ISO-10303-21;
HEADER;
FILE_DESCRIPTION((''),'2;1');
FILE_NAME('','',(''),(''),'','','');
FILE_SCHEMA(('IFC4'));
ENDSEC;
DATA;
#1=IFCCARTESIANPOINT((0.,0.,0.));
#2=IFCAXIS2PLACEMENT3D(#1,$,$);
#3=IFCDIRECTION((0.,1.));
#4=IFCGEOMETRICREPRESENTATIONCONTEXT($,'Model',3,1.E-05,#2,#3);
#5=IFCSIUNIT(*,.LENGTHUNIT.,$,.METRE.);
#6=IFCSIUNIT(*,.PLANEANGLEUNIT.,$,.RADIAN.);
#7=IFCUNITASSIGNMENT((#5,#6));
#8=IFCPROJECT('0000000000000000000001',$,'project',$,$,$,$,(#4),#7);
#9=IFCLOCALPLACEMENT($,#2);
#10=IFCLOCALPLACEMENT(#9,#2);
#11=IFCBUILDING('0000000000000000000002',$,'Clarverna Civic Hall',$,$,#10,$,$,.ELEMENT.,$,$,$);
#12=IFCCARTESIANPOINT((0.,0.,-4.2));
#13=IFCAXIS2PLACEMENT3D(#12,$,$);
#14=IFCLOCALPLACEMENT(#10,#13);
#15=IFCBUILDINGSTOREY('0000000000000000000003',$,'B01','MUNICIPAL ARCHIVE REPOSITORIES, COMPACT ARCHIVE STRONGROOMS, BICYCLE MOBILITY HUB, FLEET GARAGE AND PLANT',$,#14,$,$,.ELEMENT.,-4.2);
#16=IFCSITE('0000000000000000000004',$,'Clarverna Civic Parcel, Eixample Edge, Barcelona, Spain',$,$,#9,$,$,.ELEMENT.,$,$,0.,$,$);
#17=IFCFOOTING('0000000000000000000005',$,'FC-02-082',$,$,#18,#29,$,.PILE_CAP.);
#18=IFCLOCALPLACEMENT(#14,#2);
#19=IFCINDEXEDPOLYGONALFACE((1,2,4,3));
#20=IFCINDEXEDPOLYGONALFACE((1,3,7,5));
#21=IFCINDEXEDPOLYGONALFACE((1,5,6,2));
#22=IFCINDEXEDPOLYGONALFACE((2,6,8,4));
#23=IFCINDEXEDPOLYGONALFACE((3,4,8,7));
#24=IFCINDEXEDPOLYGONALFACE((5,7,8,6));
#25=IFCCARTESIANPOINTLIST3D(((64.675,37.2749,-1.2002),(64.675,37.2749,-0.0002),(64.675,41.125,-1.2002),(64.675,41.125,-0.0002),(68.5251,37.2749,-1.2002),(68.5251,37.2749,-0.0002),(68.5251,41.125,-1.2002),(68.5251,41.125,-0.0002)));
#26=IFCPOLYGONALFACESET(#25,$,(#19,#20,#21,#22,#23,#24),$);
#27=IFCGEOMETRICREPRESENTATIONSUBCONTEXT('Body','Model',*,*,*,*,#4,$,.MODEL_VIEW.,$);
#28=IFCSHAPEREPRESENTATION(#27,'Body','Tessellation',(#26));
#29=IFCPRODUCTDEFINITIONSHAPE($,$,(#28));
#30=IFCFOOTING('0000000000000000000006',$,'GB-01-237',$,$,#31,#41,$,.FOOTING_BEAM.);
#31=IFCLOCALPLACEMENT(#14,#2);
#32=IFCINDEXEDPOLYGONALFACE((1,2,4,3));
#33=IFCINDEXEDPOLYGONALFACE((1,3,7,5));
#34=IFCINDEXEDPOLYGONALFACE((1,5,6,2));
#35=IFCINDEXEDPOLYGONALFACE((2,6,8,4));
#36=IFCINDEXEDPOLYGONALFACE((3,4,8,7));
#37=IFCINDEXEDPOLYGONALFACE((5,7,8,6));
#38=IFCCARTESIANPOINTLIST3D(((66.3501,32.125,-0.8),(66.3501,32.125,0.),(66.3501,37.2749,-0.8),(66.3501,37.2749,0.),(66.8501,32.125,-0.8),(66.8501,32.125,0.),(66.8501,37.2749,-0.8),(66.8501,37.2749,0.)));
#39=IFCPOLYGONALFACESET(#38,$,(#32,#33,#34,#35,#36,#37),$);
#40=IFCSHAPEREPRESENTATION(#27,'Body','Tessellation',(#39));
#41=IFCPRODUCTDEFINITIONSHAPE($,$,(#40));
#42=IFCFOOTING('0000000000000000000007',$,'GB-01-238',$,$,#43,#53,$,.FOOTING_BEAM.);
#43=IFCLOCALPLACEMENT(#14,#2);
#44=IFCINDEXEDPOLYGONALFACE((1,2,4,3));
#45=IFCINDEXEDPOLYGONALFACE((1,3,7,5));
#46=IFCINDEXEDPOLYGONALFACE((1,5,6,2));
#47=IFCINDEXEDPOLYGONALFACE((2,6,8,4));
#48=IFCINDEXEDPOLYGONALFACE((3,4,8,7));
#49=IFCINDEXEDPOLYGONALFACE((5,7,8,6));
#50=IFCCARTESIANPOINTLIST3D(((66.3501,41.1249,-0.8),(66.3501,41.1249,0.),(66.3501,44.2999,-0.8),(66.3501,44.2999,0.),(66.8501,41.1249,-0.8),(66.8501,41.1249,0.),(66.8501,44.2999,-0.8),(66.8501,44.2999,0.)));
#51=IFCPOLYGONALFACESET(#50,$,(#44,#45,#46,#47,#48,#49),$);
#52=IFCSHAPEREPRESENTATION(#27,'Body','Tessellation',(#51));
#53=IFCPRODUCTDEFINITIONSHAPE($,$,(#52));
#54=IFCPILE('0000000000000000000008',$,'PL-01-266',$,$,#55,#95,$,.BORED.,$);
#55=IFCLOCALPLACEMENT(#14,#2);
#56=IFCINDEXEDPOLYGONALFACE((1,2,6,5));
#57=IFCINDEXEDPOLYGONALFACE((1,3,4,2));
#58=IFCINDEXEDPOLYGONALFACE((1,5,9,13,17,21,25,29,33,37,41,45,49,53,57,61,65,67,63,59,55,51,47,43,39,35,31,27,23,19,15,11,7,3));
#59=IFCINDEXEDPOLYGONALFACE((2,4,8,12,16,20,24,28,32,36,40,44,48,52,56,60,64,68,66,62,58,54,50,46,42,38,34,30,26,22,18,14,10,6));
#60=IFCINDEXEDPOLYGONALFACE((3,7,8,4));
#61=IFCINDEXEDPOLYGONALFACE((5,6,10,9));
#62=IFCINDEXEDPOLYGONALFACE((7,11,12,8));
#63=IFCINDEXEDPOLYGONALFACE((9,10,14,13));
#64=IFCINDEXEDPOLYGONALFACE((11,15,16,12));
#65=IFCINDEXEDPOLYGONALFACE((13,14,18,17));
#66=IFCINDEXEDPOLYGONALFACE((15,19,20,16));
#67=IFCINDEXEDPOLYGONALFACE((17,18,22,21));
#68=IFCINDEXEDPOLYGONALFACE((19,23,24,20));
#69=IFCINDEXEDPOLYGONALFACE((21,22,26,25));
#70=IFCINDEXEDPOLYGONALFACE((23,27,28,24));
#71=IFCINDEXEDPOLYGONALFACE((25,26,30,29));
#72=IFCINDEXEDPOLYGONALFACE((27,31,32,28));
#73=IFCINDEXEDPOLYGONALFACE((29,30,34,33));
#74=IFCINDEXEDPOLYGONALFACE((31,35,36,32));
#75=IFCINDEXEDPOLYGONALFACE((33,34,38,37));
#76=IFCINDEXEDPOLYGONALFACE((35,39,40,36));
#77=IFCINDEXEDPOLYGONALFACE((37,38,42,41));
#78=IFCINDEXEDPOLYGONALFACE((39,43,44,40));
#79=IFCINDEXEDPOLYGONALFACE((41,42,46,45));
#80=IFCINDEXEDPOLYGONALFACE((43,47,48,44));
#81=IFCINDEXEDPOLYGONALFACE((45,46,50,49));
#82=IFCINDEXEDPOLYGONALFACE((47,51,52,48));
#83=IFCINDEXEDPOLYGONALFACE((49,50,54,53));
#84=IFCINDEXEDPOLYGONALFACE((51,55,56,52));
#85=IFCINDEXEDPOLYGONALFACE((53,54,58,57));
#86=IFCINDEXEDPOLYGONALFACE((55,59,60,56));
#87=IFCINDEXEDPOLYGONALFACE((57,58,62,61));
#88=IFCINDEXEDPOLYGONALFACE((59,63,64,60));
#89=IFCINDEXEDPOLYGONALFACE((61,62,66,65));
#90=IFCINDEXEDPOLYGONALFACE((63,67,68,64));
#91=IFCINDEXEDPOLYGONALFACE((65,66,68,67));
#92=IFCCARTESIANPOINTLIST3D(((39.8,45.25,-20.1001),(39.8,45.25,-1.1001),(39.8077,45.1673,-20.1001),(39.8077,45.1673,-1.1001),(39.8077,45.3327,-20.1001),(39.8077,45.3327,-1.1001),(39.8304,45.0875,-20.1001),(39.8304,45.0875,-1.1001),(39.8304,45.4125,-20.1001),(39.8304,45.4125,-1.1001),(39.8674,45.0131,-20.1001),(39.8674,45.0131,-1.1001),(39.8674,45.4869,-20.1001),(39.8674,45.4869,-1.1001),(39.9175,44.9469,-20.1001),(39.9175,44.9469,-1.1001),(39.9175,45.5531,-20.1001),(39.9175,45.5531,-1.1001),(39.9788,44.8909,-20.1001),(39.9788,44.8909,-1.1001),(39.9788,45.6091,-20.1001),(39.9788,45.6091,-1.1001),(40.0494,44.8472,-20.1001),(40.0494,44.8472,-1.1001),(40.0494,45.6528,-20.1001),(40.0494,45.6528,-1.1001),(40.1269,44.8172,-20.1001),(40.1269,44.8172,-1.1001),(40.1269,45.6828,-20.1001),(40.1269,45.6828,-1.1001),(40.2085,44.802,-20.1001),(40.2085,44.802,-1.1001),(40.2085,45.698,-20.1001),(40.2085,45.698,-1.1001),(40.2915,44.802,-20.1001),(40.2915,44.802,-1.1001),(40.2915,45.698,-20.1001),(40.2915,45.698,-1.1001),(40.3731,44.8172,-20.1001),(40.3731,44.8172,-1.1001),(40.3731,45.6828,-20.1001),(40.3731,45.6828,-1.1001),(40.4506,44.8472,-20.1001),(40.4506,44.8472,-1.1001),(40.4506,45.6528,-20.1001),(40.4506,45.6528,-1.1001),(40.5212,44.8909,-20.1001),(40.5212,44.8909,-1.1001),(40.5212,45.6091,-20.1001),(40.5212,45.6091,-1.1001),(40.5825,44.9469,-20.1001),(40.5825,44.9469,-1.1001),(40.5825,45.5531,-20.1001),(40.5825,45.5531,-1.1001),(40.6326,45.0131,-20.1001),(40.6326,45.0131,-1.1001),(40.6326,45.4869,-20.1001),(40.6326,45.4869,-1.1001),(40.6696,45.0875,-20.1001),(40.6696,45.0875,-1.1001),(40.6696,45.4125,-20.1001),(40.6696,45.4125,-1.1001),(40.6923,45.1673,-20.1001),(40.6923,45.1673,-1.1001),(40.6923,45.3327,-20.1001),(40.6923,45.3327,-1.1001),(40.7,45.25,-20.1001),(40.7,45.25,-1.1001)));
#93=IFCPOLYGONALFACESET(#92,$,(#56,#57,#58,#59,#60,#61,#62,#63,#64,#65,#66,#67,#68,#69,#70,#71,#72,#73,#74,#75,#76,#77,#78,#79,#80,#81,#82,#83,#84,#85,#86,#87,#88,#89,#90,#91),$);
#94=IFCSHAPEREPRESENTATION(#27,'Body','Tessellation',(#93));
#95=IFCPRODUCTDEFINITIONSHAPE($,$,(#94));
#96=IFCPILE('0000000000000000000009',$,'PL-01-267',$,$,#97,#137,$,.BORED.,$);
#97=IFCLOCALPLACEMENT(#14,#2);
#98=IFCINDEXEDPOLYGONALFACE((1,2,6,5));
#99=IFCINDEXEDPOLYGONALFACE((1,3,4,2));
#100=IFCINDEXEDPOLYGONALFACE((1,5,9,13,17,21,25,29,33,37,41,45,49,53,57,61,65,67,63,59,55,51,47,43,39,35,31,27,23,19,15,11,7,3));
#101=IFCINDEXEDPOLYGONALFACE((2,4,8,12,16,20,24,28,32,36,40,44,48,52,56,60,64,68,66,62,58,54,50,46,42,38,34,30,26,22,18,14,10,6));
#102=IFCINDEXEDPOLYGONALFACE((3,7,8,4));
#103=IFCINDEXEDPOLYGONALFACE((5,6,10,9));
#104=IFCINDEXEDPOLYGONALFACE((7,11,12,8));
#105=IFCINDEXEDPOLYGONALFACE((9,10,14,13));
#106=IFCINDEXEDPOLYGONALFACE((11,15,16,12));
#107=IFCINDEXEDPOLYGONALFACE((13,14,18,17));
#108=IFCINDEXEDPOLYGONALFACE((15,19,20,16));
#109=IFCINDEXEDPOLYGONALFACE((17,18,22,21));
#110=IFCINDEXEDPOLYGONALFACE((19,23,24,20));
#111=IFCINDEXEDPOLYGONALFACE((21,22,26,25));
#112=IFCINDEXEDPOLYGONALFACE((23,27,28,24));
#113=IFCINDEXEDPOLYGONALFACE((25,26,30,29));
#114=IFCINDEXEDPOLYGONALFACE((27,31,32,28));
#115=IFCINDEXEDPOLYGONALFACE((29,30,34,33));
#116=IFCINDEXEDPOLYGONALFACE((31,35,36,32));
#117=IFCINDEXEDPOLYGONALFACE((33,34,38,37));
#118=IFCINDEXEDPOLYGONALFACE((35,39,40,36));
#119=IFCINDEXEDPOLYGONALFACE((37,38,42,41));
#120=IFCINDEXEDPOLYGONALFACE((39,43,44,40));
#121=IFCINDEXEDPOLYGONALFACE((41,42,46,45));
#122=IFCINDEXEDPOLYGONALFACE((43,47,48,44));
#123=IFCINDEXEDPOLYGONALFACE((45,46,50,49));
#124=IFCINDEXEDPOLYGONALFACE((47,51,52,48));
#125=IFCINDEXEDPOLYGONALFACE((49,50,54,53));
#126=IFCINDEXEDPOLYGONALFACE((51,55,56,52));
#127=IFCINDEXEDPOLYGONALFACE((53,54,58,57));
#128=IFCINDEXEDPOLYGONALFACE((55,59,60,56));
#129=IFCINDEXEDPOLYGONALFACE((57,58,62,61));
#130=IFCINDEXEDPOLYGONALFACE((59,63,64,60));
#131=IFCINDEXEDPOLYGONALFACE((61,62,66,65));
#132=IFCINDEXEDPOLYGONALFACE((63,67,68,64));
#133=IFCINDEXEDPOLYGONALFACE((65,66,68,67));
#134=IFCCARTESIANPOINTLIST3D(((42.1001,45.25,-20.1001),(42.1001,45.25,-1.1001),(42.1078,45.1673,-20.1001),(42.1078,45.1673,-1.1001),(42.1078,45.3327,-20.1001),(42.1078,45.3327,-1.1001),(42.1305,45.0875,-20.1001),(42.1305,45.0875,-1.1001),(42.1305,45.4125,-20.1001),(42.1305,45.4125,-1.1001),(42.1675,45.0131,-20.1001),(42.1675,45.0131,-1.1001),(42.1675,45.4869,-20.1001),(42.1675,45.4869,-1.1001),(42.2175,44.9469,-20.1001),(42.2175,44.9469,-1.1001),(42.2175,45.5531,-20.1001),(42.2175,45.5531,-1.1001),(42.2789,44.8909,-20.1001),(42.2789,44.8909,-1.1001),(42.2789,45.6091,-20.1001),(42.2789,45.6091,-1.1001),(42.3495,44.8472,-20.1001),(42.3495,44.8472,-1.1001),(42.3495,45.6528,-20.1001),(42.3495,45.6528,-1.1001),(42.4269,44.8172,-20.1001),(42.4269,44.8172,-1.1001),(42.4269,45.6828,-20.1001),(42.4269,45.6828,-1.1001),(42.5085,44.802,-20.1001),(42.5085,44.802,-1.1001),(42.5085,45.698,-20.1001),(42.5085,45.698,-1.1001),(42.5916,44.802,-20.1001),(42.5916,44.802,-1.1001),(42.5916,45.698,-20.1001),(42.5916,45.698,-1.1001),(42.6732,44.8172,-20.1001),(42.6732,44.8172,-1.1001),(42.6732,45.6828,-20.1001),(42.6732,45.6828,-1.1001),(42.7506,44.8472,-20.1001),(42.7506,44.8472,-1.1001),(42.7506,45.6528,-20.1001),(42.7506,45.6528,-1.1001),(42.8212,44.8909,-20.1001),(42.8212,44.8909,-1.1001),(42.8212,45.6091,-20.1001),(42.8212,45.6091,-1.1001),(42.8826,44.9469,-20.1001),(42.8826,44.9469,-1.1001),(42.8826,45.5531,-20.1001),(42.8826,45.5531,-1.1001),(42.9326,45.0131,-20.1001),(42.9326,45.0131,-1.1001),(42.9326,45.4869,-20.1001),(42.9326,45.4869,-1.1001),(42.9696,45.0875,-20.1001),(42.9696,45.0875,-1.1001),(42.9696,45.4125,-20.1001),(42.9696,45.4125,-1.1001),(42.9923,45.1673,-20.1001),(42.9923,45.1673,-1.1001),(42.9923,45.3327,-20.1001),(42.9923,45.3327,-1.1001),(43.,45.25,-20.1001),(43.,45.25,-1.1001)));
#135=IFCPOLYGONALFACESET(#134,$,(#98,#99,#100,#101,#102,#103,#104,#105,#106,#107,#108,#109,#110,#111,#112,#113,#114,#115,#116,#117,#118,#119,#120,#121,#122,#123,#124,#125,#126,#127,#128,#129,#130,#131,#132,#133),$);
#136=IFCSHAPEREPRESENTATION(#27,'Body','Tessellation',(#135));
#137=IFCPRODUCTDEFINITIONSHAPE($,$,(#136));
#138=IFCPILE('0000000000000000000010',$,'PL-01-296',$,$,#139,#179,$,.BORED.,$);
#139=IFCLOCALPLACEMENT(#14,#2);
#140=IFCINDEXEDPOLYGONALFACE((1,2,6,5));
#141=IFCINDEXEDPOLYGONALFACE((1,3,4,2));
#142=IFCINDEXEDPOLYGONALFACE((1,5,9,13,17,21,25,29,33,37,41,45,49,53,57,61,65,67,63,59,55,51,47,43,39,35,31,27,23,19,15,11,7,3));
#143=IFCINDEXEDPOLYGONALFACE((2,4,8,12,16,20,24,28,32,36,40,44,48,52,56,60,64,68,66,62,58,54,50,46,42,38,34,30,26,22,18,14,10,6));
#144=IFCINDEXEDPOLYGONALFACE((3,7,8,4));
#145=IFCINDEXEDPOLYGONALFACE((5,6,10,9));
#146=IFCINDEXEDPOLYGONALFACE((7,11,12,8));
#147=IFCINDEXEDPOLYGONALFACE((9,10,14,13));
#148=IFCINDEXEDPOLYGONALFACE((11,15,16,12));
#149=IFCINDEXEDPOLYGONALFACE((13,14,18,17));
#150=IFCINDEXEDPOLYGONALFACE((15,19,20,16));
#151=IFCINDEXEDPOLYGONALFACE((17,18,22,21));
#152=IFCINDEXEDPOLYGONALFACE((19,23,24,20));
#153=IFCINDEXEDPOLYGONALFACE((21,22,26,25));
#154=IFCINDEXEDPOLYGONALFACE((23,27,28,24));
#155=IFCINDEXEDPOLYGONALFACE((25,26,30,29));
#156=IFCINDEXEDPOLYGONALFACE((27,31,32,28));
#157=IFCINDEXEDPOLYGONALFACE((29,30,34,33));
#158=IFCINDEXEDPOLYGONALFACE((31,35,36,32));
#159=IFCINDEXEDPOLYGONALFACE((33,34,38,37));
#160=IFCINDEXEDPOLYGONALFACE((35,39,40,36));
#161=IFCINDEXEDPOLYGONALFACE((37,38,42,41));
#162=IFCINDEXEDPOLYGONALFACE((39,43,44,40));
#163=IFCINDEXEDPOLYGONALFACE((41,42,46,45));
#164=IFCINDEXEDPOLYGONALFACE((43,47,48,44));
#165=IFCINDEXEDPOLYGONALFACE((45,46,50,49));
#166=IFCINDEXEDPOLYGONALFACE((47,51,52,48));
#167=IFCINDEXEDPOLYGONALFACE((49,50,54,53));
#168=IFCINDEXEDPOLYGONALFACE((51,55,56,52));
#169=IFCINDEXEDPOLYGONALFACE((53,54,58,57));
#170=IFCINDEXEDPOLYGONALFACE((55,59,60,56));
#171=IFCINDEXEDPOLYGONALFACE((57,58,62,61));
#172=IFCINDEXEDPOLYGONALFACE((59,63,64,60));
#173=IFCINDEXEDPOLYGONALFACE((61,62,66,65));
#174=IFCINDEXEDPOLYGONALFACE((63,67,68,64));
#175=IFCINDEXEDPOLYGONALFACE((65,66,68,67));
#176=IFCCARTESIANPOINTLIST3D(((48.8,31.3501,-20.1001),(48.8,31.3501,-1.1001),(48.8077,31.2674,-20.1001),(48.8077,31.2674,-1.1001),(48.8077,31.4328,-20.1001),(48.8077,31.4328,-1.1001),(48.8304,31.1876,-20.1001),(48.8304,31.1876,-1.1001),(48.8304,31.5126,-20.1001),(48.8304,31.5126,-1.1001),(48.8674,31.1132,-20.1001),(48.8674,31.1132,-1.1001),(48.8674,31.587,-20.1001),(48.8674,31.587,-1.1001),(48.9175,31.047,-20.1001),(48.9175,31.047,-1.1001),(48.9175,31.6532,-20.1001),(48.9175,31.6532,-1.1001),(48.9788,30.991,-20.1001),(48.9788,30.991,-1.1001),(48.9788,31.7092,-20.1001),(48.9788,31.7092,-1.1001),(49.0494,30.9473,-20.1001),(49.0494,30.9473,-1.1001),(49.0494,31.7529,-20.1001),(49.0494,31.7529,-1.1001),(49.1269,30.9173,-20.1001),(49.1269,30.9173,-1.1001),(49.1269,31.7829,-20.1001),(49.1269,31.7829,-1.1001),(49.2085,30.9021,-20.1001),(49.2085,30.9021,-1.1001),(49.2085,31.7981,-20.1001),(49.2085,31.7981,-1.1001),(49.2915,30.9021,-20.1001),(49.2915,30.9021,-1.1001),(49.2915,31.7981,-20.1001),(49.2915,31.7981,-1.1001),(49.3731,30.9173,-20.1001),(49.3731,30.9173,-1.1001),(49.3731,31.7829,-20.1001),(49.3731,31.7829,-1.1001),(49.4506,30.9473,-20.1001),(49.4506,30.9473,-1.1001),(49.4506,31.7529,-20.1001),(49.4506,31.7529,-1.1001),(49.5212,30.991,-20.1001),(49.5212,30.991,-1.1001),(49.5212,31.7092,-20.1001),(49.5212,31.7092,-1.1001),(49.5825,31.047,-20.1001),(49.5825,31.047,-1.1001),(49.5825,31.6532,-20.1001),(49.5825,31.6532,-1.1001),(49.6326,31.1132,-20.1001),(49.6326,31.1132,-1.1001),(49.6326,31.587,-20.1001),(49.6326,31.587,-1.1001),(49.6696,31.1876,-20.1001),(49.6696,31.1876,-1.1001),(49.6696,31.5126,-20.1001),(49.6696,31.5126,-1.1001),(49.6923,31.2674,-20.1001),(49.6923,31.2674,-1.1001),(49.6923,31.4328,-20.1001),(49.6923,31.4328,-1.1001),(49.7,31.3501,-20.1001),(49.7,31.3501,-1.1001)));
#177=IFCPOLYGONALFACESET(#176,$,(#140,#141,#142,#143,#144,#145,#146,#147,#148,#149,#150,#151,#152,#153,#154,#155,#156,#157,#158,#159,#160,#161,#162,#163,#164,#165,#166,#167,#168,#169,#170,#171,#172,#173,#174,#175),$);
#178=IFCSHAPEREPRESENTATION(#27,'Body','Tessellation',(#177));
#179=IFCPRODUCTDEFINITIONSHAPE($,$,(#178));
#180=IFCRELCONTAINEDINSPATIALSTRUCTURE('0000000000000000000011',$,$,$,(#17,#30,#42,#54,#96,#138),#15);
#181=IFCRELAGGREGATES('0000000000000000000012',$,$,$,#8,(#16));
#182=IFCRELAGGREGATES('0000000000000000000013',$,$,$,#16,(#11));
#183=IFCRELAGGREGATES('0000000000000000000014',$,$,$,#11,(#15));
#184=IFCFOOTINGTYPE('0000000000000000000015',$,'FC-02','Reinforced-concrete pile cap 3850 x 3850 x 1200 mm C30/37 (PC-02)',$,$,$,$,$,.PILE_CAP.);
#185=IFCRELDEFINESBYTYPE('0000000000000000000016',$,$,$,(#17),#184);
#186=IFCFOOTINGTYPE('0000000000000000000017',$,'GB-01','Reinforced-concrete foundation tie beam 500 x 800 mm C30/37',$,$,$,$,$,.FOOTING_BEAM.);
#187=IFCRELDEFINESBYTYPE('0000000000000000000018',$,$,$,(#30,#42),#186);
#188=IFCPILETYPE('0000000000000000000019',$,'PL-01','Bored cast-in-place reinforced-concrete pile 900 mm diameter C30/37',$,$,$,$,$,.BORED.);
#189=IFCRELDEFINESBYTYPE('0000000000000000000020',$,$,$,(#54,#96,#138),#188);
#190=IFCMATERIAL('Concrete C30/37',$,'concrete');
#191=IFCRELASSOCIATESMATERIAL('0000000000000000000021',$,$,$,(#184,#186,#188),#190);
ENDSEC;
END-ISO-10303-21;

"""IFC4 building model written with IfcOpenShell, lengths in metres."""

from ifc_helpers import new_model, si_unit, direction, frame, frame_2d, origin, origin_2d, place, context, subcontext, project, spatial, rectangle, circle, extrude, material, material_profile, profile_set, type_object, element, save


model = new_model("IFC4")

# Units and contexts
model_context = context("Model", 3, precision=1e-05, world=origin(), true_north=direction((0.0, 1.0)))
body_context = subcontext(model_context, "Body", "Model", "MODEL_VIEW")
ifc_project = project(units=[si_unit("LENGTHUNIT", "METRE"), si_unit("PLANEANGLEUNIT", "RADIAN")], contexts=[model_context])

# Site, building, storey
site_placement = place(None, origin())
site = spatial("IfcSite", under=ifc_project, at=site_placement, Name="Clarverna Civic Parcel, Eixample Edge, Barcelona, Spain", CompositionType="ELEMENT", RefElevation=0.0)
building_placement = place(site_placement, origin())
building = spatial("IfcBuilding", under=site, at=building_placement, Name="Clarverna Civic Hall", CompositionType="ELEMENT")
storey_placement = place(building_placement, frame((0.0, 0.0, -4.2)))
storey = spatial("IfcBuildingStorey", under=building, at=storey_placement, Name="B01", Description="MUNICIPAL ARCHIVE REPOSITORIES, COMPACT ARCHIVE STRONGROOMS, BICYCLE MOBILITY HUB, FLEET GARAGE AND PLANT", CompositionType="ELEMENT", Elevation=-4.2)

# Footings
ifc_material_1 = material(Name="Concrete C30/37", Category="concrete")
footing_type_1 = type_object("IfcFootingType", Name="FC-02", Description="Reinforced-concrete pile cap 3850 x 3850 x 1200 mm C30/37 (PC-02)", PredefinedType="PILE_CAP", material=ifc_material_1)
footing_1_placement = place(storey_placement, frame((66.6001, 39.2, -1.2002), z_axis=(0.0, 0.0, 1.0), x_axis=(1.0, 0.0, 0.0)))
element("IfcFooting", 1, at=footing_1_placement, inside=storey, type_object=footing_type_1, Name="FC-02-082", PredefinedType="PILE_CAP", context=body_context, shape_type="SweptSolid", body=[
    extrude(rectangle(XDim=3.8501, YDim=3.8501, at=origin_2d()), origin(), (0.0, 0.0, 1.0), 1.2),
])
footing_type_2 = type_object("IfcFootingType", Name="GB-01", Description="Reinforced-concrete foundation tie beam 500 x 800 mm C30/37", PredefinedType="FOOTING_BEAM", material=ifc_material_1)
footing_2_placement = place(storey_placement, frame((66.6001, 32.125, -0.8), z_axis=(0.0, 0.0, 1.0), x_axis=(0.0, 1.0, 0.0)))
element("IfcFooting", 2, at=footing_2_placement, inside=storey, type_object=footing_type_2, Name="GB-01-237", PredefinedType="FOOTING_BEAM", context=body_context, shape_type="SweptSolid", body=[
    extrude(rectangle(XDim=5.1499, YDim=0.5, at=frame_2d((2.575, 0.0))), origin(), (0.0, 0.0, 1.0), 0.8),
])
footing_3_placement = place(storey_placement, frame((66.6001, 41.125, -0.8), z_axis=(0.0, 0.0, 1.0), x_axis=(0.0, 1.0, 0.0)))
element("IfcFooting", 3, at=footing_3_placement, inside=storey, type_object=footing_type_2, Name="GB-01-238", PredefinedType="FOOTING_BEAM", context=body_context, shape_type="SweptSolid", body=[
    extrude(rectangle(XDim=3.175, YDim=0.5, at=frame_2d((1.5874, 0.0))), origin(), (0.0, 0.0, 1.0), 0.8),
])

# Piles
ifc_material_profile_1 = material_profile(ifc_material_1, circle(Radius=0.45, at=origin_2d()), Name="BORED PILE D900")
ifc_profile_set_1 = profile_set([ifc_material_profile_1], Name="Concrete C30/37")
pile_type_1 = type_object("IfcPileType", Name="PL-01", Description="Bored cast-in-place reinforced-concrete pile 900 mm diameter C30/37", PredefinedType="BORED", material=ifc_profile_set_1)
for number, where, z_axis, x_axis, name in (
    (4, (40.25, 45.25, -1.1001), (0.0, 0.0, -1.0), (1.0, 0.0, 0.0), "PL-01-266"),
    (5, (42.55, 45.25, -1.1001), (0.0, 0.0, -1.0), (1.0, 0.0, 0.0), "PL-01-267"),
    (6, (49.25, 31.3501, -1.1001), (0.0, 0.0, -1.0), (1.0, 0.0, 0.0), "PL-01-296"),
):
    element("IfcPile", number, at=place(storey_placement, frame(where, z_axis=z_axis, x_axis=x_axis)), inside=storey, type_object=pile_type_1, Name=name, PredefinedType="BORED", context=body_context, shape_type="SweptSolid", body=[
        extrude(circle(Radius=0.45, at=origin_2d()), origin(), (0.0, 0.0, 1.0), 19.0),
    ])

save(model, "model.ifc")
